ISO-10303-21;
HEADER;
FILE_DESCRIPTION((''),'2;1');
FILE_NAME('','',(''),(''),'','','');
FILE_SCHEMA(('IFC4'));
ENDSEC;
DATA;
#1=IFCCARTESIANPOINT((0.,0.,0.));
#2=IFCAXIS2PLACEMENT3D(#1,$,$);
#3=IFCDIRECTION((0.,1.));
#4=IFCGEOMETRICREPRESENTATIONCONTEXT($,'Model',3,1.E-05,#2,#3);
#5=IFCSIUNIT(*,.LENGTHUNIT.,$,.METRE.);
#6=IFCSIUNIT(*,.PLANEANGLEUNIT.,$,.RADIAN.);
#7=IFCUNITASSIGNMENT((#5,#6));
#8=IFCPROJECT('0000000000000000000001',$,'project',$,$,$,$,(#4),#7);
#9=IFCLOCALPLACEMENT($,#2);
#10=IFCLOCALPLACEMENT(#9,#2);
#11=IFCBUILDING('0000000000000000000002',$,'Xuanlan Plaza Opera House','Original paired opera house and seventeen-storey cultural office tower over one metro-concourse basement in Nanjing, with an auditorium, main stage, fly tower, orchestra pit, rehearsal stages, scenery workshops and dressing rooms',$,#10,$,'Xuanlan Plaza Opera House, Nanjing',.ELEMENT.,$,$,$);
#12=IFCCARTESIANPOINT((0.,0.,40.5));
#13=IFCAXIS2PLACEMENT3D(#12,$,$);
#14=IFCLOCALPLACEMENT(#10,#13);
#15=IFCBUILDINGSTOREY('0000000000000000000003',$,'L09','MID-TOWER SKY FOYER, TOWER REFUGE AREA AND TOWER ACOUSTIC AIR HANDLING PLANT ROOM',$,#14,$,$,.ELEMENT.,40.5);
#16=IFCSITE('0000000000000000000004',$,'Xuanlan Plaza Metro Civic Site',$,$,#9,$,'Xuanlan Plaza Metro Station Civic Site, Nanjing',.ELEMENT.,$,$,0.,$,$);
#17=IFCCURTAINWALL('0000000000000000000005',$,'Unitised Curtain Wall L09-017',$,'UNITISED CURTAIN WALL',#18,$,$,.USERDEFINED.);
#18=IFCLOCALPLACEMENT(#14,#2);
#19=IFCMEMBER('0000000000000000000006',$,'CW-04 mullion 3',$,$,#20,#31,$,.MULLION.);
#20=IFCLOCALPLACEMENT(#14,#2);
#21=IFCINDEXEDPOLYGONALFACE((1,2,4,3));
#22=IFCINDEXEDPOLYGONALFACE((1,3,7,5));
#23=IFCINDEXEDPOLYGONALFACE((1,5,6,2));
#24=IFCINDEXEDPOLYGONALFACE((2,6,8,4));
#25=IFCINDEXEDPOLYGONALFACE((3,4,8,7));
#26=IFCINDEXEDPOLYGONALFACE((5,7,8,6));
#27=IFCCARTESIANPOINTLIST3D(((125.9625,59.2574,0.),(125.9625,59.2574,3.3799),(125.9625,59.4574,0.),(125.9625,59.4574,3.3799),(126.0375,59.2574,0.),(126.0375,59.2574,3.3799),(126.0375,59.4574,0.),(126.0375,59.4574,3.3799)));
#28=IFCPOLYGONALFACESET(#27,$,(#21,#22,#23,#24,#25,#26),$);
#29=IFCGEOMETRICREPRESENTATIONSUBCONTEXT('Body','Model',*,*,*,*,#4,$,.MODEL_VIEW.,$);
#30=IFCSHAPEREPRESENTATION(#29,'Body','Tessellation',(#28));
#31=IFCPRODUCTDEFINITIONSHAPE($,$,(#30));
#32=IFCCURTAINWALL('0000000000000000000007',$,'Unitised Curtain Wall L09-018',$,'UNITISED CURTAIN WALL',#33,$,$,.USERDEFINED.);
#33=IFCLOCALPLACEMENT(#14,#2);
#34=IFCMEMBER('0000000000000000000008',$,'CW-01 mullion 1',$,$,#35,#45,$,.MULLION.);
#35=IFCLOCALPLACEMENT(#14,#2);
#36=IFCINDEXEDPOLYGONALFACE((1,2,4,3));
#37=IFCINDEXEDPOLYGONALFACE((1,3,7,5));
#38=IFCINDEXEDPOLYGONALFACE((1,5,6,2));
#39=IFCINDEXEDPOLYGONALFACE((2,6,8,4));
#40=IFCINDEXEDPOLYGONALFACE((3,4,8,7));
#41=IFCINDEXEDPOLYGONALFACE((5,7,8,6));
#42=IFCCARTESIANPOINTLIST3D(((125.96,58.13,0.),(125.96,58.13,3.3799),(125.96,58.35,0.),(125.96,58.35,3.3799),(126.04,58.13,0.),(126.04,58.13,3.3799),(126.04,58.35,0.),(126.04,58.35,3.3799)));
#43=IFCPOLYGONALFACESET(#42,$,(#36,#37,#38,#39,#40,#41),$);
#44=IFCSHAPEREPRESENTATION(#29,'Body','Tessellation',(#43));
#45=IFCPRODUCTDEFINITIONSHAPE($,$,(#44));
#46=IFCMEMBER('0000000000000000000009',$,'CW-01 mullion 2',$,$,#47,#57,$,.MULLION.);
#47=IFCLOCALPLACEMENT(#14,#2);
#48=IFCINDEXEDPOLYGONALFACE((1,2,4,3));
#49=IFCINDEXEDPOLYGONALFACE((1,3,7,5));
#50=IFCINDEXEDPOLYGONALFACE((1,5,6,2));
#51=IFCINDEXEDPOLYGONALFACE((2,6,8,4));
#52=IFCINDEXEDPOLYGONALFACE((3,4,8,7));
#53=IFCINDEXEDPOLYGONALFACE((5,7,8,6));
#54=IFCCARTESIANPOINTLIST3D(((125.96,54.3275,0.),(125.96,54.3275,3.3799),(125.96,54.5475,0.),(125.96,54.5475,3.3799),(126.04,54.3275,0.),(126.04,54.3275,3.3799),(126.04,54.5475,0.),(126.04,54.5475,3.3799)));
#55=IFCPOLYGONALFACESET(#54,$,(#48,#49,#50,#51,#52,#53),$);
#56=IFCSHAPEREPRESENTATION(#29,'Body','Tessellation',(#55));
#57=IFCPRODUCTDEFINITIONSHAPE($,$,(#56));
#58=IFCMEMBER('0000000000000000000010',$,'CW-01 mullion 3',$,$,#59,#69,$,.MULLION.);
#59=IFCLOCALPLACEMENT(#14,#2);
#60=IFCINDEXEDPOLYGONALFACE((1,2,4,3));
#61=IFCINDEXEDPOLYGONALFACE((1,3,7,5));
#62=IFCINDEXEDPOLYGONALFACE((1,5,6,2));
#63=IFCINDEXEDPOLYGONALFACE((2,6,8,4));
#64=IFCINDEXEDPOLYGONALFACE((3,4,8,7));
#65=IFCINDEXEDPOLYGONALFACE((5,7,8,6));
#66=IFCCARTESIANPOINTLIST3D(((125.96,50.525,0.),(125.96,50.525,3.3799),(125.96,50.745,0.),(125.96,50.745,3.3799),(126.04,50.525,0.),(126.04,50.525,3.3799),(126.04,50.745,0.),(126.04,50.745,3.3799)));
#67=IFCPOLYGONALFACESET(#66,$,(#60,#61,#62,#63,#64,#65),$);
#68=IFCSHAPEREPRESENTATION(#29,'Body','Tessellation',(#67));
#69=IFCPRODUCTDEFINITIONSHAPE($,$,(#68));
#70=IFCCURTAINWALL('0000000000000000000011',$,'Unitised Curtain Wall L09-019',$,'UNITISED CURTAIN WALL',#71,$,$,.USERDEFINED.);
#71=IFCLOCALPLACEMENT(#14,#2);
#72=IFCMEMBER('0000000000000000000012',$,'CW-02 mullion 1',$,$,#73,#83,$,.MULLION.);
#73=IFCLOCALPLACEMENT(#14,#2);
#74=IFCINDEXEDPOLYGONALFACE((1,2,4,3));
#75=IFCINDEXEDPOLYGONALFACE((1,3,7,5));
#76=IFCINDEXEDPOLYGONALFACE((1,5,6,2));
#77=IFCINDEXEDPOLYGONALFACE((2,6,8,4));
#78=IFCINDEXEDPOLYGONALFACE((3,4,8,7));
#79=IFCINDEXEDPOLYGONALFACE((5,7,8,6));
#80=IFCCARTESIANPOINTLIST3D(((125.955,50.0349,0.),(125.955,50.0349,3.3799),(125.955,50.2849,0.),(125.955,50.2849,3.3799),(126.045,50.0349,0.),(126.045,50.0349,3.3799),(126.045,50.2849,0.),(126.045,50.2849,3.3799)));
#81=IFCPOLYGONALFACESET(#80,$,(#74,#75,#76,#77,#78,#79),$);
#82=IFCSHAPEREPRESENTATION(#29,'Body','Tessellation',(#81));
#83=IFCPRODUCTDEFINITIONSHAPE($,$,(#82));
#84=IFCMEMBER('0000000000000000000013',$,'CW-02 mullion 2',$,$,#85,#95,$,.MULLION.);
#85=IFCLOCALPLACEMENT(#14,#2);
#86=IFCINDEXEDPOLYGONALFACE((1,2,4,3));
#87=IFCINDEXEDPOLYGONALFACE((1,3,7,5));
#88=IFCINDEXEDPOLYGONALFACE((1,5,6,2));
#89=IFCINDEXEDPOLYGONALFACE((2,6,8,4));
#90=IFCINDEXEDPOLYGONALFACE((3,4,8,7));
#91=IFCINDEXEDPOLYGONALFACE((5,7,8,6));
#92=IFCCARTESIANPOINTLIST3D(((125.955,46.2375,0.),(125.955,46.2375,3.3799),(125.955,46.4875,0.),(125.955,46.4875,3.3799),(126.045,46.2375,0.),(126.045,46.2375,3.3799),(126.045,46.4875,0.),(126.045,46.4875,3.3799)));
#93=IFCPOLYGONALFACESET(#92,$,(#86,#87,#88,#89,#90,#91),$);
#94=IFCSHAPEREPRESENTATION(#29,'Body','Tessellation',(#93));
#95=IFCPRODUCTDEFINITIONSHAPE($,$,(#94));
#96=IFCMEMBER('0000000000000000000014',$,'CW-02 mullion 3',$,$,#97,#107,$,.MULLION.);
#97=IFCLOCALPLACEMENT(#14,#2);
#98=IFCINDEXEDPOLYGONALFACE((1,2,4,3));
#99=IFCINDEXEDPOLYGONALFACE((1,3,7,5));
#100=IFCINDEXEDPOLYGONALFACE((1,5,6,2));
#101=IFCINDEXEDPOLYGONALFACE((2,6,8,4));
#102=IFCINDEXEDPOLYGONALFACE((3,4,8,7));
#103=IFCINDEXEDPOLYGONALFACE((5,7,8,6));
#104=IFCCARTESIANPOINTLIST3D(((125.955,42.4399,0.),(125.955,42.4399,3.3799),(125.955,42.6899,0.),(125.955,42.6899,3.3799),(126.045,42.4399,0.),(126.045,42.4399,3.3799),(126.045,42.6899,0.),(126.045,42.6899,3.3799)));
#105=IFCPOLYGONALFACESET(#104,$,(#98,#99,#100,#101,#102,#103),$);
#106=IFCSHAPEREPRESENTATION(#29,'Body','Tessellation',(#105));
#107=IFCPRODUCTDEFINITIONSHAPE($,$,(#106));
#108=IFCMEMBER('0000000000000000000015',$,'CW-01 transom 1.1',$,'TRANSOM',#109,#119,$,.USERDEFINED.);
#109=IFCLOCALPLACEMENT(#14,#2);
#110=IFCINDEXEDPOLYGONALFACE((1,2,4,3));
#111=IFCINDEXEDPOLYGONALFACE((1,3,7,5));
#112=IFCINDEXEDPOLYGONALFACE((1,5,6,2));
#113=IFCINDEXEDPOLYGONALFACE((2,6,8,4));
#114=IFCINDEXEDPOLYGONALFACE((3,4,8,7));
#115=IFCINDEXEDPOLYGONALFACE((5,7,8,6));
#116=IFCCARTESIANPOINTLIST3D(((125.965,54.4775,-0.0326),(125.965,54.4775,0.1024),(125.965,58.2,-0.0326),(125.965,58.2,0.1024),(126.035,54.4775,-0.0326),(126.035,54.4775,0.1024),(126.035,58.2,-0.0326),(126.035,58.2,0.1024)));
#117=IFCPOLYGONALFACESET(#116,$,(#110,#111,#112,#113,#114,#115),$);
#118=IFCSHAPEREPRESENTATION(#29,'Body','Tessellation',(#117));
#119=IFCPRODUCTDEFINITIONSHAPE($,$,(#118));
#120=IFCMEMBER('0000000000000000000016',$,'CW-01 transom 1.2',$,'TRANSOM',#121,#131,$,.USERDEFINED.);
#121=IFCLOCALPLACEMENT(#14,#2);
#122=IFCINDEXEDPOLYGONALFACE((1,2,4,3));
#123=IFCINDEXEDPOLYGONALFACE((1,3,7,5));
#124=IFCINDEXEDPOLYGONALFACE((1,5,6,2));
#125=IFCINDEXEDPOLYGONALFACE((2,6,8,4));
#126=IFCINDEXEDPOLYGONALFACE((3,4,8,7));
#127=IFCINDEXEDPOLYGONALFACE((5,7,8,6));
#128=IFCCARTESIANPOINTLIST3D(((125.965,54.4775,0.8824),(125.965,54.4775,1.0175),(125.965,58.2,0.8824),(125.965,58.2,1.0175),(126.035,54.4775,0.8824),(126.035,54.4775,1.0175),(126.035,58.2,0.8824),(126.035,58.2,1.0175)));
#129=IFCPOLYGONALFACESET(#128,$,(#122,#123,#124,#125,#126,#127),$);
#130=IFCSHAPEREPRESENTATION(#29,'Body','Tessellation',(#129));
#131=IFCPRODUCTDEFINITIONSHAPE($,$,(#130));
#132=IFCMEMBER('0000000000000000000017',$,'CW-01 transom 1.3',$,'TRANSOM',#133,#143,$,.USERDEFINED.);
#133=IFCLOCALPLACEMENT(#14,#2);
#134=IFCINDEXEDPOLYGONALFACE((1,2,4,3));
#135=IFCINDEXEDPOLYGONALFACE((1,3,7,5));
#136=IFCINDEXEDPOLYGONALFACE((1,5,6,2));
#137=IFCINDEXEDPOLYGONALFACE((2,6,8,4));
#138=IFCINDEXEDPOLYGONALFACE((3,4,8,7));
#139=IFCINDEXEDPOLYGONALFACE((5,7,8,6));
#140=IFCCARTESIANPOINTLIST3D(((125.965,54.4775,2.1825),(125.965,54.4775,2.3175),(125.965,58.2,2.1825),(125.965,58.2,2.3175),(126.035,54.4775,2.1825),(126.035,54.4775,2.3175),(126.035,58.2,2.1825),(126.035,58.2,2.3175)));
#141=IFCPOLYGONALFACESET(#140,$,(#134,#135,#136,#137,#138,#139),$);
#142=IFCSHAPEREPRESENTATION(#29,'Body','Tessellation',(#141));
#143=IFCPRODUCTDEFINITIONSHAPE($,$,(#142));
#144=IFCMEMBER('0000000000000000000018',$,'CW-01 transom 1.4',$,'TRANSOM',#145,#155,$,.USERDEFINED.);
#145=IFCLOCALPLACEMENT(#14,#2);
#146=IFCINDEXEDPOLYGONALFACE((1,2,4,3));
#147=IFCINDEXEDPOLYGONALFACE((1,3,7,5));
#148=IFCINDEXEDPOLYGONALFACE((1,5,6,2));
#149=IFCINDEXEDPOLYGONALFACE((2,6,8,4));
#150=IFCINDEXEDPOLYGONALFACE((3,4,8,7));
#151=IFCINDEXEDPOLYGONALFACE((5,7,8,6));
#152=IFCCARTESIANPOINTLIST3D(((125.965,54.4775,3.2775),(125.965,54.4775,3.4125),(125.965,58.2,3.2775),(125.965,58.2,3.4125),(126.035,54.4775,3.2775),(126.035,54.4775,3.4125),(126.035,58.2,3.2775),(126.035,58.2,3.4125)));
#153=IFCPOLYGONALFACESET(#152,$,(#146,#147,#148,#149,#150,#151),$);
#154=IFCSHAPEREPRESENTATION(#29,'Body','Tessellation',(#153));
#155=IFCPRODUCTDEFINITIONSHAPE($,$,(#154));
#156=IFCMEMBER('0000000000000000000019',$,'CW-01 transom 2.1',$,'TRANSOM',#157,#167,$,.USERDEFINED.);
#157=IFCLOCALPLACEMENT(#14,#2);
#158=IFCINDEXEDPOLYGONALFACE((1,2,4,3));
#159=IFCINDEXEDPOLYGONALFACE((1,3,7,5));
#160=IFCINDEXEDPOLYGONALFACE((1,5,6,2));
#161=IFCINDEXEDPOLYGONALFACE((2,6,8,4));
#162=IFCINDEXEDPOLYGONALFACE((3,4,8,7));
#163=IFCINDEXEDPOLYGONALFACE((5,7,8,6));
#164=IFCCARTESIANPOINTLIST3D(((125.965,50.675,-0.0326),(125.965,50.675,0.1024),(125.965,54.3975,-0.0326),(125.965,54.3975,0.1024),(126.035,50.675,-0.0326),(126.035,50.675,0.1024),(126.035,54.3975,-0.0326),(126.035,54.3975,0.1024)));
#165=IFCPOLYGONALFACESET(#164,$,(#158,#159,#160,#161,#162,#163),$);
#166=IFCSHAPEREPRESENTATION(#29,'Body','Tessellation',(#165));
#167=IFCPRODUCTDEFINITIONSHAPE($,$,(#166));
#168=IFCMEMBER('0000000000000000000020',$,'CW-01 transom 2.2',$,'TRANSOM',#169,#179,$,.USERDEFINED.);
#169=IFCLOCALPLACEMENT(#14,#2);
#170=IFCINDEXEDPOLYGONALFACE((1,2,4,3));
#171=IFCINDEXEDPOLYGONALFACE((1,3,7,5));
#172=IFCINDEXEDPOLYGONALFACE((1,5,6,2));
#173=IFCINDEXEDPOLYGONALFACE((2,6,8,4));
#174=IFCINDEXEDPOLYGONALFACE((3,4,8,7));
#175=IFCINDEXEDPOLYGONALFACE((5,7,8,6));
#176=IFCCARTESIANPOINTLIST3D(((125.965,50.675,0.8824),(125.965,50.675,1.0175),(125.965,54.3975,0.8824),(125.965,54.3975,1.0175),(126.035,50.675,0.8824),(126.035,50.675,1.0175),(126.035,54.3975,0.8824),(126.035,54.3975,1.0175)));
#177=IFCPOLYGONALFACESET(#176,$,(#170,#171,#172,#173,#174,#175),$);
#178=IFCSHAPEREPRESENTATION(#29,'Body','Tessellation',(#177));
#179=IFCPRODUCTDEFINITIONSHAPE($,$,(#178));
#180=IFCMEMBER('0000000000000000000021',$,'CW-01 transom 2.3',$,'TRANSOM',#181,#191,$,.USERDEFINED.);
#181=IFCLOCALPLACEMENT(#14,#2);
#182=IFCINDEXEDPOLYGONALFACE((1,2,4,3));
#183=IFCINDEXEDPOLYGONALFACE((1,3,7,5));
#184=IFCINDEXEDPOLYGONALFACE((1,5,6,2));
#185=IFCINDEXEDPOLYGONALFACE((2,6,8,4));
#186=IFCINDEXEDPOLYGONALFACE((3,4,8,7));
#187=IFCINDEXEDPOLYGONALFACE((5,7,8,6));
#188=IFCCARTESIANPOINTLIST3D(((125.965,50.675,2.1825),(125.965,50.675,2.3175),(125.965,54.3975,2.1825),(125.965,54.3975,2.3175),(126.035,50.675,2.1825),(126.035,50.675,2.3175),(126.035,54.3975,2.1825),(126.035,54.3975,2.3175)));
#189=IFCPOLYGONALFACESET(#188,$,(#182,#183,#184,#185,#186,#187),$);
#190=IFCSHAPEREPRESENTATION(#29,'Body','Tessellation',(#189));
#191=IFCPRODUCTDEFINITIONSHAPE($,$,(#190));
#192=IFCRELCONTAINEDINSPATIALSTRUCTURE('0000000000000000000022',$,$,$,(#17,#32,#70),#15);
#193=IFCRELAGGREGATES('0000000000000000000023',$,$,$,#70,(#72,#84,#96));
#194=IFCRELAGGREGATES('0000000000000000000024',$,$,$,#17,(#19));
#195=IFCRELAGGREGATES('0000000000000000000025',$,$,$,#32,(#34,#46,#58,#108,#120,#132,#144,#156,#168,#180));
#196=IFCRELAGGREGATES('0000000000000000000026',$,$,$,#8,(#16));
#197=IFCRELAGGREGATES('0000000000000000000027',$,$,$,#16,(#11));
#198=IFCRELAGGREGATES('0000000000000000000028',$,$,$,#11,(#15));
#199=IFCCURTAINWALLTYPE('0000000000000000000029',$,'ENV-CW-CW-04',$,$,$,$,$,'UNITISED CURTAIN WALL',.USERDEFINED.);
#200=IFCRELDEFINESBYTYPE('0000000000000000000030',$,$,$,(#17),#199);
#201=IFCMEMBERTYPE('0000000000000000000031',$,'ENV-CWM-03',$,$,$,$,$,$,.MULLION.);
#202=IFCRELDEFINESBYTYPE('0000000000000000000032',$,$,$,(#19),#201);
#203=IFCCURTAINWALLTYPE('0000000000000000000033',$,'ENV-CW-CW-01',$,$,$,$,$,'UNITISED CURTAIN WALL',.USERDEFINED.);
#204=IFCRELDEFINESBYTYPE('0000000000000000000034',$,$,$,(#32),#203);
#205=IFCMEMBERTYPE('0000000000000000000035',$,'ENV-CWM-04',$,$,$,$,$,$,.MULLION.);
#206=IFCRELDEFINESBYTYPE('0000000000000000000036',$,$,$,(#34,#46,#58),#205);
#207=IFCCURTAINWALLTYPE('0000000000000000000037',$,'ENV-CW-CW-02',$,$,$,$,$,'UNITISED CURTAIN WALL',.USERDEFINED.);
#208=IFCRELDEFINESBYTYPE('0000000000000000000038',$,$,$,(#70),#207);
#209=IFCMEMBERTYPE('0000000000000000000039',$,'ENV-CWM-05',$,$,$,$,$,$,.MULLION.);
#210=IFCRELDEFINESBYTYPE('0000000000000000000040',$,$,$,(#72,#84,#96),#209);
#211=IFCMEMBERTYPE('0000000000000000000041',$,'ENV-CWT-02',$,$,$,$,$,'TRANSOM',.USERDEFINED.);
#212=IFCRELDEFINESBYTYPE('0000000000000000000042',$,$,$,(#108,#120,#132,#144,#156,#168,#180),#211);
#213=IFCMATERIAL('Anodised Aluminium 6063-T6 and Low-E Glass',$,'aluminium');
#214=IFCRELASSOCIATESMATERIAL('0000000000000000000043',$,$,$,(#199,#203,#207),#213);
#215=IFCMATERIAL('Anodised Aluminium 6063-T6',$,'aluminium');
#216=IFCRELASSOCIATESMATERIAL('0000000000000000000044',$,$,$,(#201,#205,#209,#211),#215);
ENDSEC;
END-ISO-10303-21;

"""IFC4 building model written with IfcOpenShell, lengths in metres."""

from ifc_helpers import new_model, si_unit, direction, frame, origin, origin_2d, place, context, subcontext, project, spatial, rectangle, extrude, material, material_profile, profile_set, type_object, element, aggregate, save


model = new_model("IFC4")

# Units and contexts
model_context = context("Model", 3, precision=1e-05, world=origin(), true_north=direction((0.0, 1.0)))
body_context = subcontext(model_context, "Body", "Model", "MODEL_VIEW")
ifc_project = project(units=[si_unit("LENGTHUNIT", "METRE"), si_unit("PLANEANGLEUNIT", "RADIAN")], contexts=[model_context])

# Site, building, storey
site_placement = place(None, origin())
site = spatial("IfcSite", under=ifc_project, at=site_placement, Name="Xuanlan Plaza Metro Civic Site", LongName="Xuanlan Plaza Metro Station Civic Site, Nanjing", CompositionType="ELEMENT", RefElevation=0.0)
building_placement = place(site_placement, origin())
building = spatial("IfcBuilding", under=site, at=building_placement, Name="Xuanlan Plaza Opera House", Description="Original paired opera house and seventeen-storey cultural office tower over one metro-concourse basement in Nanjing, with an auditorium, main stage, fly tower, orchestra pit, rehearsal stages, scenery workshops and dressing rooms", LongName="Xuanlan Plaza Opera House, Nanjing", CompositionType="ELEMENT")
storey_placement = place(building_placement, frame((0.0, 0.0, 40.5)))
storey = spatial("IfcBuildingStorey", under=building, at=storey_placement, Name="L09", Description="MID-TOWER SKY FOYER, TOWER REFUGE AREA AND TOWER ACOUSTIC AIR HANDLING PLANT ROOM", CompositionType="ELEMENT", Elevation=40.5)

# Curtain wall, member
ifc_material_1 = material(Name="Anodised Aluminium 6063-T6 and Low-E Glass", Category="aluminium")
curtain_wall_type_1 = type_object("IfcCurtainWallType", Name="ENV-CW-CW-04", ElementType="UNITISED CURTAIN WALL", PredefinedType="USERDEFINED", material=ifc_material_1)
curtain_wall_1_placement = place(storey_placement, origin())
curtain_wall_1 = element("IfcCurtainWall", 1, at=curtain_wall_1_placement, inside=storey, type_object=curtain_wall_type_1, Name="Unitised Curtain Wall L09-017", ObjectType="UNITISED CURTAIN WALL", PredefinedType="USERDEFINED")
ifc_material_2 = material(Name="Anodised Aluminium 6063-T6", Category="aluminium")
ifc_material_profile_1 = material_profile(ifc_material_2, rectangle(XDim=0.075, YDim=0.2, at=origin_2d()), Name="ALU-M 75x200")
ifc_profile_set_1 = profile_set([ifc_material_profile_1], Name="Anodised Aluminium 6063-T6")
member_type_1 = type_object("IfcMemberType", Name="ENV-CWM-03", PredefinedType="MULLION", material=ifc_profile_set_1)
member_1_placement = place(storey_placement, frame((126.0, 59.3574, 0.0), z_axis=(0.0, 0.0, 1.0), x_axis=(1.0, 0.0, 0.0)))
member_1 = element("IfcMember", 2, at=member_1_placement, type_object=member_type_1, Name="CW-04 mullion 3", PredefinedType="MULLION", context=body_context, shape_type="SweptSolid", body=[
    extrude(rectangle(XDim=0.075, YDim=0.2, at=origin_2d()), origin(), (0.0, 0.0, 1.0), 3.3799),
])

# Curtain walls, members
curtain_wall_type_2 = type_object("IfcCurtainWallType", Name="ENV-CW-CW-01", ElementType="UNITISED CURTAIN WALL", PredefinedType="USERDEFINED", material=ifc_material_1)
curtain_wall_2_placement = place(storey_placement, origin())
curtain_wall_2 = element("IfcCurtainWall", 3, at=curtain_wall_2_placement, inside=storey, type_object=curtain_wall_type_2, Name="Unitised Curtain Wall L09-018", ObjectType="UNITISED CURTAIN WALL", PredefinedType="USERDEFINED")
ifc_material_profile_2 = material_profile(ifc_material_2, rectangle(XDim=0.0801, YDim=0.22, at=origin_2d()), Name="ALU-M 80x220")
ifc_profile_set_2 = profile_set([ifc_material_profile_2], Name="Anodised Aluminium 6063-T6")
member_type_2 = type_object("IfcMemberType", Name="ENV-CWM-04", PredefinedType="MULLION", material=ifc_profile_set_2)
member_2_placement = place(storey_placement, frame((126.0, 58.24, 0.0), z_axis=(0.0, 0.0, 1.0), x_axis=(1.0, 0.0, 0.0)))
member_2 = element("IfcMember", 4, at=member_2_placement, type_object=member_type_2, Name="CW-01 mullion 1", PredefinedType="MULLION", context=body_context, shape_type="SweptSolid", body=[
    extrude(rectangle(XDim=0.0801, YDim=0.22, at=origin_2d()), origin(), (0.0, 0.0, 1.0), 3.3799),
])
member_3_placement = place(storey_placement, frame((126.0, 54.4375, 0.0), z_axis=(0.0, 0.0, 1.0), x_axis=(1.0, 0.0, 0.0)))
member_3 = element("IfcMember", 5, at=member_3_placement, type_object=member_type_2, Name="CW-01 mullion 2", PredefinedType="MULLION", context=body_context, shape_type="SweptSolid", body=[
    extrude(rectangle(XDim=0.0801, YDim=0.22, at=origin_2d()), origin(), (0.0, 0.0, 1.0), 3.3799),
])
member_4_placement = place(storey_placement, frame((126.0, 50.635, 0.0), z_axis=(0.0, 0.0, 1.0), x_axis=(1.0, 0.0, 0.0)))
member_4 = element("IfcMember", 6, at=member_4_placement, type_object=member_type_2, Name="CW-01 mullion 3", PredefinedType="MULLION", context=body_context, shape_type="SweptSolid", body=[
    extrude(rectangle(XDim=0.0801, YDim=0.22, at=origin_2d()), origin(), (0.0, 0.0, 1.0), 3.3799),
])
curtain_wall_type_3 = type_object("IfcCurtainWallType", Name="ENV-CW-CW-02", ElementType="UNITISED CURTAIN WALL", PredefinedType="USERDEFINED", material=ifc_material_1)
curtain_wall_3_placement = place(storey_placement, origin())
curtain_wall_3 = element("IfcCurtainWall", 7, at=curtain_wall_3_placement, inside=storey, type_object=curtain_wall_type_3, Name="Unitised Curtain Wall L09-019", ObjectType="UNITISED CURTAIN WALL", PredefinedType="USERDEFINED")
ifc_material_profile_3 = material_profile(ifc_material_2, rectangle(XDim=0.0901, YDim=0.25, at=origin_2d()), Name="ALU-M 90x250")
ifc_profile_set_3 = profile_set([ifc_material_profile_3], Name="Anodised Aluminium 6063-T6")
member_type_3 = type_object("IfcMemberType", Name="ENV-CWM-05", PredefinedType="MULLION", material=ifc_profile_set_3)
member_5_placement = place(storey_placement, frame((126.0, 50.1599, 0.0), z_axis=(0.0, 0.0, 1.0), x_axis=(1.0, 0.0, 0.0)))
member_5 = element("IfcMember", 8, at=member_5_placement, type_object=member_type_3, Name="CW-02 mullion 1", PredefinedType="MULLION", context=body_context, shape_type="SweptSolid", body=[
    extrude(rectangle(XDim=0.0901, YDim=0.25, at=origin_2d()), origin(), (0.0, 0.0, 1.0), 3.3799),
])
member_6_placement = place(storey_placement, frame((126.0, 46.3625, 0.0), z_axis=(0.0, 0.0, 1.0), x_axis=(1.0, 0.0, 0.0)))
member_6 = element("IfcMember", 9, at=member_6_placement, type_object=member_type_3, Name="CW-02 mullion 2", PredefinedType="MULLION", context=body_context, shape_type="SweptSolid", body=[
    extrude(rectangle(XDim=0.0901, YDim=0.25, at=origin_2d()), origin(), (0.0, 0.0, 1.0), 3.3799),
])
member_7_placement = place(storey_placement, frame((126.0, 42.5649, 0.0), z_axis=(0.0, 0.0, 1.0), x_axis=(1.0, 0.0, 0.0)))
member_7 = element("IfcMember", 10, at=member_7_placement, type_object=member_type_3, Name="CW-02 mullion 3", PredefinedType="MULLION", context=body_context, shape_type="SweptSolid", body=[
    extrude(rectangle(XDim=0.0901, YDim=0.25, at=origin_2d()), origin(), (0.0, 0.0, 1.0), 3.3799),
])

# Members
ifc_material_profile_4 = material_profile(ifc_material_2, rectangle(XDim=0.0701, YDim=0.135, at=origin_2d()), Name="ALU-T 70x135")
ifc_profile_set_4 = profile_set([ifc_material_profile_4], Name="Anodised Aluminium 6063-T6")
member_type_4 = type_object("IfcMemberType", Name="ENV-CWT-02", ElementType="TRANSOM", PredefinedType="USERDEFINED", material=ifc_profile_set_4)
member_8_placement = place(storey_placement, frame((126.0, 58.2, 0.0349), z_axis=(0.0, -1.0, 0.0), x_axis=(1.0, 0.0, 0.0)))
member_8 = element("IfcMember", 11, at=member_8_placement, type_object=member_type_4, Name="CW-01 transom 1.1", ObjectType="TRANSOM", PredefinedType="USERDEFINED", context=body_context, shape_type="SweptSolid", body=[
    extrude(rectangle(XDim=0.0701, YDim=0.135, at=origin_2d()), origin(), (0.0, 0.0, 1.0), 3.7224),
])
member_9_placement = place(storey_placement, frame((126.0, 58.2, 0.95), z_axis=(0.0, -1.0, 0.0), x_axis=(1.0, 0.0, 0.0)))
member_9 = element("IfcMember", 12, at=member_9_placement, type_object=member_type_4, Name="CW-01 transom 1.2", ObjectType="TRANSOM", PredefinedType="USERDEFINED", context=body_context, shape_type="SweptSolid", body=[
    extrude(rectangle(XDim=0.0701, YDim=0.135, at=origin_2d()), origin(), (0.0, 0.0, 1.0), 3.7224),
])
member_10_placement = place(storey_placement, frame((126.0, 58.2, 2.25), z_axis=(0.0, -1.0, 0.0), x_axis=(1.0, 0.0, 0.0)))
member_10 = element("IfcMember", 13, at=member_10_placement, type_object=member_type_4, Name="CW-01 transom 1.3", ObjectType="TRANSOM", PredefinedType="USERDEFINED", context=body_context, shape_type="SweptSolid", body=[
    extrude(rectangle(XDim=0.0701, YDim=0.135, at=origin_2d()), origin(), (0.0, 0.0, 1.0), 3.7224),
])
member_11_placement = place(storey_placement, frame((126.0, 58.2, 3.345), z_axis=(0.0, -1.0, 0.0), x_axis=(1.0, 0.0, 0.0)))
member_11 = element("IfcMember", 14, at=member_11_placement, type_object=member_type_4, Name="CW-01 transom 1.4", ObjectType="TRANSOM", PredefinedType="USERDEFINED", context=body_context, shape_type="SweptSolid", body=[
    extrude(rectangle(XDim=0.0701, YDim=0.135, at=origin_2d()), origin(), (0.0, 0.0, 1.0), 3.7224),
])
member_12_placement = place(storey_placement, frame((126.0, 54.3975, 0.0349), z_axis=(0.0, -1.0, 0.0), x_axis=(1.0, 0.0, 0.0)))
member_12 = element("IfcMember", 15, at=member_12_placement, type_object=member_type_4, Name="CW-01 transom 2.1", ObjectType="TRANSOM", PredefinedType="USERDEFINED", context=body_context, shape_type="SweptSolid", body=[
    extrude(rectangle(XDim=0.0701, YDim=0.135, at=origin_2d()), origin(), (0.0, 0.0, 1.0), 3.7224),
])
member_13_placement = place(storey_placement, frame((126.0, 54.3975, 0.95), z_axis=(0.0, -1.0, 0.0), x_axis=(1.0, 0.0, 0.0)))
member_13 = element("IfcMember", 16, at=member_13_placement, type_object=member_type_4, Name="CW-01 transom 2.2", ObjectType="TRANSOM", PredefinedType="USERDEFINED", context=body_context, shape_type="SweptSolid", body=[
    extrude(rectangle(XDim=0.0701, YDim=0.135, at=origin_2d()), origin(), (0.0, 0.0, 1.0), 3.7224),
])
member_14_placement = place(storey_placement, frame((126.0, 54.3975, 2.25), z_axis=(0.0, -1.0, 0.0), x_axis=(1.0, 0.0, 0.0)))
member_14 = element("IfcMember", 17, at=member_14_placement, type_object=member_type_4, Name="CW-01 transom 2.3", ObjectType="TRANSOM", PredefinedType="USERDEFINED", context=body_context, shape_type="SweptSolid", body=[
    extrude(rectangle(XDim=0.0701, YDim=0.135, at=origin_2d()), origin(), (0.0, 0.0, 1.0), 3.7224),
])
aggregate(curtain_wall_3, [member_5, member_6, member_7])

aggregate(curtain_wall_1, [member_1])
aggregate(curtain_wall_2, [member_2, member_3, member_4, member_8, member_9, member_10, member_11, member_12, member_13, member_14])

save(model, "model.ifc")
